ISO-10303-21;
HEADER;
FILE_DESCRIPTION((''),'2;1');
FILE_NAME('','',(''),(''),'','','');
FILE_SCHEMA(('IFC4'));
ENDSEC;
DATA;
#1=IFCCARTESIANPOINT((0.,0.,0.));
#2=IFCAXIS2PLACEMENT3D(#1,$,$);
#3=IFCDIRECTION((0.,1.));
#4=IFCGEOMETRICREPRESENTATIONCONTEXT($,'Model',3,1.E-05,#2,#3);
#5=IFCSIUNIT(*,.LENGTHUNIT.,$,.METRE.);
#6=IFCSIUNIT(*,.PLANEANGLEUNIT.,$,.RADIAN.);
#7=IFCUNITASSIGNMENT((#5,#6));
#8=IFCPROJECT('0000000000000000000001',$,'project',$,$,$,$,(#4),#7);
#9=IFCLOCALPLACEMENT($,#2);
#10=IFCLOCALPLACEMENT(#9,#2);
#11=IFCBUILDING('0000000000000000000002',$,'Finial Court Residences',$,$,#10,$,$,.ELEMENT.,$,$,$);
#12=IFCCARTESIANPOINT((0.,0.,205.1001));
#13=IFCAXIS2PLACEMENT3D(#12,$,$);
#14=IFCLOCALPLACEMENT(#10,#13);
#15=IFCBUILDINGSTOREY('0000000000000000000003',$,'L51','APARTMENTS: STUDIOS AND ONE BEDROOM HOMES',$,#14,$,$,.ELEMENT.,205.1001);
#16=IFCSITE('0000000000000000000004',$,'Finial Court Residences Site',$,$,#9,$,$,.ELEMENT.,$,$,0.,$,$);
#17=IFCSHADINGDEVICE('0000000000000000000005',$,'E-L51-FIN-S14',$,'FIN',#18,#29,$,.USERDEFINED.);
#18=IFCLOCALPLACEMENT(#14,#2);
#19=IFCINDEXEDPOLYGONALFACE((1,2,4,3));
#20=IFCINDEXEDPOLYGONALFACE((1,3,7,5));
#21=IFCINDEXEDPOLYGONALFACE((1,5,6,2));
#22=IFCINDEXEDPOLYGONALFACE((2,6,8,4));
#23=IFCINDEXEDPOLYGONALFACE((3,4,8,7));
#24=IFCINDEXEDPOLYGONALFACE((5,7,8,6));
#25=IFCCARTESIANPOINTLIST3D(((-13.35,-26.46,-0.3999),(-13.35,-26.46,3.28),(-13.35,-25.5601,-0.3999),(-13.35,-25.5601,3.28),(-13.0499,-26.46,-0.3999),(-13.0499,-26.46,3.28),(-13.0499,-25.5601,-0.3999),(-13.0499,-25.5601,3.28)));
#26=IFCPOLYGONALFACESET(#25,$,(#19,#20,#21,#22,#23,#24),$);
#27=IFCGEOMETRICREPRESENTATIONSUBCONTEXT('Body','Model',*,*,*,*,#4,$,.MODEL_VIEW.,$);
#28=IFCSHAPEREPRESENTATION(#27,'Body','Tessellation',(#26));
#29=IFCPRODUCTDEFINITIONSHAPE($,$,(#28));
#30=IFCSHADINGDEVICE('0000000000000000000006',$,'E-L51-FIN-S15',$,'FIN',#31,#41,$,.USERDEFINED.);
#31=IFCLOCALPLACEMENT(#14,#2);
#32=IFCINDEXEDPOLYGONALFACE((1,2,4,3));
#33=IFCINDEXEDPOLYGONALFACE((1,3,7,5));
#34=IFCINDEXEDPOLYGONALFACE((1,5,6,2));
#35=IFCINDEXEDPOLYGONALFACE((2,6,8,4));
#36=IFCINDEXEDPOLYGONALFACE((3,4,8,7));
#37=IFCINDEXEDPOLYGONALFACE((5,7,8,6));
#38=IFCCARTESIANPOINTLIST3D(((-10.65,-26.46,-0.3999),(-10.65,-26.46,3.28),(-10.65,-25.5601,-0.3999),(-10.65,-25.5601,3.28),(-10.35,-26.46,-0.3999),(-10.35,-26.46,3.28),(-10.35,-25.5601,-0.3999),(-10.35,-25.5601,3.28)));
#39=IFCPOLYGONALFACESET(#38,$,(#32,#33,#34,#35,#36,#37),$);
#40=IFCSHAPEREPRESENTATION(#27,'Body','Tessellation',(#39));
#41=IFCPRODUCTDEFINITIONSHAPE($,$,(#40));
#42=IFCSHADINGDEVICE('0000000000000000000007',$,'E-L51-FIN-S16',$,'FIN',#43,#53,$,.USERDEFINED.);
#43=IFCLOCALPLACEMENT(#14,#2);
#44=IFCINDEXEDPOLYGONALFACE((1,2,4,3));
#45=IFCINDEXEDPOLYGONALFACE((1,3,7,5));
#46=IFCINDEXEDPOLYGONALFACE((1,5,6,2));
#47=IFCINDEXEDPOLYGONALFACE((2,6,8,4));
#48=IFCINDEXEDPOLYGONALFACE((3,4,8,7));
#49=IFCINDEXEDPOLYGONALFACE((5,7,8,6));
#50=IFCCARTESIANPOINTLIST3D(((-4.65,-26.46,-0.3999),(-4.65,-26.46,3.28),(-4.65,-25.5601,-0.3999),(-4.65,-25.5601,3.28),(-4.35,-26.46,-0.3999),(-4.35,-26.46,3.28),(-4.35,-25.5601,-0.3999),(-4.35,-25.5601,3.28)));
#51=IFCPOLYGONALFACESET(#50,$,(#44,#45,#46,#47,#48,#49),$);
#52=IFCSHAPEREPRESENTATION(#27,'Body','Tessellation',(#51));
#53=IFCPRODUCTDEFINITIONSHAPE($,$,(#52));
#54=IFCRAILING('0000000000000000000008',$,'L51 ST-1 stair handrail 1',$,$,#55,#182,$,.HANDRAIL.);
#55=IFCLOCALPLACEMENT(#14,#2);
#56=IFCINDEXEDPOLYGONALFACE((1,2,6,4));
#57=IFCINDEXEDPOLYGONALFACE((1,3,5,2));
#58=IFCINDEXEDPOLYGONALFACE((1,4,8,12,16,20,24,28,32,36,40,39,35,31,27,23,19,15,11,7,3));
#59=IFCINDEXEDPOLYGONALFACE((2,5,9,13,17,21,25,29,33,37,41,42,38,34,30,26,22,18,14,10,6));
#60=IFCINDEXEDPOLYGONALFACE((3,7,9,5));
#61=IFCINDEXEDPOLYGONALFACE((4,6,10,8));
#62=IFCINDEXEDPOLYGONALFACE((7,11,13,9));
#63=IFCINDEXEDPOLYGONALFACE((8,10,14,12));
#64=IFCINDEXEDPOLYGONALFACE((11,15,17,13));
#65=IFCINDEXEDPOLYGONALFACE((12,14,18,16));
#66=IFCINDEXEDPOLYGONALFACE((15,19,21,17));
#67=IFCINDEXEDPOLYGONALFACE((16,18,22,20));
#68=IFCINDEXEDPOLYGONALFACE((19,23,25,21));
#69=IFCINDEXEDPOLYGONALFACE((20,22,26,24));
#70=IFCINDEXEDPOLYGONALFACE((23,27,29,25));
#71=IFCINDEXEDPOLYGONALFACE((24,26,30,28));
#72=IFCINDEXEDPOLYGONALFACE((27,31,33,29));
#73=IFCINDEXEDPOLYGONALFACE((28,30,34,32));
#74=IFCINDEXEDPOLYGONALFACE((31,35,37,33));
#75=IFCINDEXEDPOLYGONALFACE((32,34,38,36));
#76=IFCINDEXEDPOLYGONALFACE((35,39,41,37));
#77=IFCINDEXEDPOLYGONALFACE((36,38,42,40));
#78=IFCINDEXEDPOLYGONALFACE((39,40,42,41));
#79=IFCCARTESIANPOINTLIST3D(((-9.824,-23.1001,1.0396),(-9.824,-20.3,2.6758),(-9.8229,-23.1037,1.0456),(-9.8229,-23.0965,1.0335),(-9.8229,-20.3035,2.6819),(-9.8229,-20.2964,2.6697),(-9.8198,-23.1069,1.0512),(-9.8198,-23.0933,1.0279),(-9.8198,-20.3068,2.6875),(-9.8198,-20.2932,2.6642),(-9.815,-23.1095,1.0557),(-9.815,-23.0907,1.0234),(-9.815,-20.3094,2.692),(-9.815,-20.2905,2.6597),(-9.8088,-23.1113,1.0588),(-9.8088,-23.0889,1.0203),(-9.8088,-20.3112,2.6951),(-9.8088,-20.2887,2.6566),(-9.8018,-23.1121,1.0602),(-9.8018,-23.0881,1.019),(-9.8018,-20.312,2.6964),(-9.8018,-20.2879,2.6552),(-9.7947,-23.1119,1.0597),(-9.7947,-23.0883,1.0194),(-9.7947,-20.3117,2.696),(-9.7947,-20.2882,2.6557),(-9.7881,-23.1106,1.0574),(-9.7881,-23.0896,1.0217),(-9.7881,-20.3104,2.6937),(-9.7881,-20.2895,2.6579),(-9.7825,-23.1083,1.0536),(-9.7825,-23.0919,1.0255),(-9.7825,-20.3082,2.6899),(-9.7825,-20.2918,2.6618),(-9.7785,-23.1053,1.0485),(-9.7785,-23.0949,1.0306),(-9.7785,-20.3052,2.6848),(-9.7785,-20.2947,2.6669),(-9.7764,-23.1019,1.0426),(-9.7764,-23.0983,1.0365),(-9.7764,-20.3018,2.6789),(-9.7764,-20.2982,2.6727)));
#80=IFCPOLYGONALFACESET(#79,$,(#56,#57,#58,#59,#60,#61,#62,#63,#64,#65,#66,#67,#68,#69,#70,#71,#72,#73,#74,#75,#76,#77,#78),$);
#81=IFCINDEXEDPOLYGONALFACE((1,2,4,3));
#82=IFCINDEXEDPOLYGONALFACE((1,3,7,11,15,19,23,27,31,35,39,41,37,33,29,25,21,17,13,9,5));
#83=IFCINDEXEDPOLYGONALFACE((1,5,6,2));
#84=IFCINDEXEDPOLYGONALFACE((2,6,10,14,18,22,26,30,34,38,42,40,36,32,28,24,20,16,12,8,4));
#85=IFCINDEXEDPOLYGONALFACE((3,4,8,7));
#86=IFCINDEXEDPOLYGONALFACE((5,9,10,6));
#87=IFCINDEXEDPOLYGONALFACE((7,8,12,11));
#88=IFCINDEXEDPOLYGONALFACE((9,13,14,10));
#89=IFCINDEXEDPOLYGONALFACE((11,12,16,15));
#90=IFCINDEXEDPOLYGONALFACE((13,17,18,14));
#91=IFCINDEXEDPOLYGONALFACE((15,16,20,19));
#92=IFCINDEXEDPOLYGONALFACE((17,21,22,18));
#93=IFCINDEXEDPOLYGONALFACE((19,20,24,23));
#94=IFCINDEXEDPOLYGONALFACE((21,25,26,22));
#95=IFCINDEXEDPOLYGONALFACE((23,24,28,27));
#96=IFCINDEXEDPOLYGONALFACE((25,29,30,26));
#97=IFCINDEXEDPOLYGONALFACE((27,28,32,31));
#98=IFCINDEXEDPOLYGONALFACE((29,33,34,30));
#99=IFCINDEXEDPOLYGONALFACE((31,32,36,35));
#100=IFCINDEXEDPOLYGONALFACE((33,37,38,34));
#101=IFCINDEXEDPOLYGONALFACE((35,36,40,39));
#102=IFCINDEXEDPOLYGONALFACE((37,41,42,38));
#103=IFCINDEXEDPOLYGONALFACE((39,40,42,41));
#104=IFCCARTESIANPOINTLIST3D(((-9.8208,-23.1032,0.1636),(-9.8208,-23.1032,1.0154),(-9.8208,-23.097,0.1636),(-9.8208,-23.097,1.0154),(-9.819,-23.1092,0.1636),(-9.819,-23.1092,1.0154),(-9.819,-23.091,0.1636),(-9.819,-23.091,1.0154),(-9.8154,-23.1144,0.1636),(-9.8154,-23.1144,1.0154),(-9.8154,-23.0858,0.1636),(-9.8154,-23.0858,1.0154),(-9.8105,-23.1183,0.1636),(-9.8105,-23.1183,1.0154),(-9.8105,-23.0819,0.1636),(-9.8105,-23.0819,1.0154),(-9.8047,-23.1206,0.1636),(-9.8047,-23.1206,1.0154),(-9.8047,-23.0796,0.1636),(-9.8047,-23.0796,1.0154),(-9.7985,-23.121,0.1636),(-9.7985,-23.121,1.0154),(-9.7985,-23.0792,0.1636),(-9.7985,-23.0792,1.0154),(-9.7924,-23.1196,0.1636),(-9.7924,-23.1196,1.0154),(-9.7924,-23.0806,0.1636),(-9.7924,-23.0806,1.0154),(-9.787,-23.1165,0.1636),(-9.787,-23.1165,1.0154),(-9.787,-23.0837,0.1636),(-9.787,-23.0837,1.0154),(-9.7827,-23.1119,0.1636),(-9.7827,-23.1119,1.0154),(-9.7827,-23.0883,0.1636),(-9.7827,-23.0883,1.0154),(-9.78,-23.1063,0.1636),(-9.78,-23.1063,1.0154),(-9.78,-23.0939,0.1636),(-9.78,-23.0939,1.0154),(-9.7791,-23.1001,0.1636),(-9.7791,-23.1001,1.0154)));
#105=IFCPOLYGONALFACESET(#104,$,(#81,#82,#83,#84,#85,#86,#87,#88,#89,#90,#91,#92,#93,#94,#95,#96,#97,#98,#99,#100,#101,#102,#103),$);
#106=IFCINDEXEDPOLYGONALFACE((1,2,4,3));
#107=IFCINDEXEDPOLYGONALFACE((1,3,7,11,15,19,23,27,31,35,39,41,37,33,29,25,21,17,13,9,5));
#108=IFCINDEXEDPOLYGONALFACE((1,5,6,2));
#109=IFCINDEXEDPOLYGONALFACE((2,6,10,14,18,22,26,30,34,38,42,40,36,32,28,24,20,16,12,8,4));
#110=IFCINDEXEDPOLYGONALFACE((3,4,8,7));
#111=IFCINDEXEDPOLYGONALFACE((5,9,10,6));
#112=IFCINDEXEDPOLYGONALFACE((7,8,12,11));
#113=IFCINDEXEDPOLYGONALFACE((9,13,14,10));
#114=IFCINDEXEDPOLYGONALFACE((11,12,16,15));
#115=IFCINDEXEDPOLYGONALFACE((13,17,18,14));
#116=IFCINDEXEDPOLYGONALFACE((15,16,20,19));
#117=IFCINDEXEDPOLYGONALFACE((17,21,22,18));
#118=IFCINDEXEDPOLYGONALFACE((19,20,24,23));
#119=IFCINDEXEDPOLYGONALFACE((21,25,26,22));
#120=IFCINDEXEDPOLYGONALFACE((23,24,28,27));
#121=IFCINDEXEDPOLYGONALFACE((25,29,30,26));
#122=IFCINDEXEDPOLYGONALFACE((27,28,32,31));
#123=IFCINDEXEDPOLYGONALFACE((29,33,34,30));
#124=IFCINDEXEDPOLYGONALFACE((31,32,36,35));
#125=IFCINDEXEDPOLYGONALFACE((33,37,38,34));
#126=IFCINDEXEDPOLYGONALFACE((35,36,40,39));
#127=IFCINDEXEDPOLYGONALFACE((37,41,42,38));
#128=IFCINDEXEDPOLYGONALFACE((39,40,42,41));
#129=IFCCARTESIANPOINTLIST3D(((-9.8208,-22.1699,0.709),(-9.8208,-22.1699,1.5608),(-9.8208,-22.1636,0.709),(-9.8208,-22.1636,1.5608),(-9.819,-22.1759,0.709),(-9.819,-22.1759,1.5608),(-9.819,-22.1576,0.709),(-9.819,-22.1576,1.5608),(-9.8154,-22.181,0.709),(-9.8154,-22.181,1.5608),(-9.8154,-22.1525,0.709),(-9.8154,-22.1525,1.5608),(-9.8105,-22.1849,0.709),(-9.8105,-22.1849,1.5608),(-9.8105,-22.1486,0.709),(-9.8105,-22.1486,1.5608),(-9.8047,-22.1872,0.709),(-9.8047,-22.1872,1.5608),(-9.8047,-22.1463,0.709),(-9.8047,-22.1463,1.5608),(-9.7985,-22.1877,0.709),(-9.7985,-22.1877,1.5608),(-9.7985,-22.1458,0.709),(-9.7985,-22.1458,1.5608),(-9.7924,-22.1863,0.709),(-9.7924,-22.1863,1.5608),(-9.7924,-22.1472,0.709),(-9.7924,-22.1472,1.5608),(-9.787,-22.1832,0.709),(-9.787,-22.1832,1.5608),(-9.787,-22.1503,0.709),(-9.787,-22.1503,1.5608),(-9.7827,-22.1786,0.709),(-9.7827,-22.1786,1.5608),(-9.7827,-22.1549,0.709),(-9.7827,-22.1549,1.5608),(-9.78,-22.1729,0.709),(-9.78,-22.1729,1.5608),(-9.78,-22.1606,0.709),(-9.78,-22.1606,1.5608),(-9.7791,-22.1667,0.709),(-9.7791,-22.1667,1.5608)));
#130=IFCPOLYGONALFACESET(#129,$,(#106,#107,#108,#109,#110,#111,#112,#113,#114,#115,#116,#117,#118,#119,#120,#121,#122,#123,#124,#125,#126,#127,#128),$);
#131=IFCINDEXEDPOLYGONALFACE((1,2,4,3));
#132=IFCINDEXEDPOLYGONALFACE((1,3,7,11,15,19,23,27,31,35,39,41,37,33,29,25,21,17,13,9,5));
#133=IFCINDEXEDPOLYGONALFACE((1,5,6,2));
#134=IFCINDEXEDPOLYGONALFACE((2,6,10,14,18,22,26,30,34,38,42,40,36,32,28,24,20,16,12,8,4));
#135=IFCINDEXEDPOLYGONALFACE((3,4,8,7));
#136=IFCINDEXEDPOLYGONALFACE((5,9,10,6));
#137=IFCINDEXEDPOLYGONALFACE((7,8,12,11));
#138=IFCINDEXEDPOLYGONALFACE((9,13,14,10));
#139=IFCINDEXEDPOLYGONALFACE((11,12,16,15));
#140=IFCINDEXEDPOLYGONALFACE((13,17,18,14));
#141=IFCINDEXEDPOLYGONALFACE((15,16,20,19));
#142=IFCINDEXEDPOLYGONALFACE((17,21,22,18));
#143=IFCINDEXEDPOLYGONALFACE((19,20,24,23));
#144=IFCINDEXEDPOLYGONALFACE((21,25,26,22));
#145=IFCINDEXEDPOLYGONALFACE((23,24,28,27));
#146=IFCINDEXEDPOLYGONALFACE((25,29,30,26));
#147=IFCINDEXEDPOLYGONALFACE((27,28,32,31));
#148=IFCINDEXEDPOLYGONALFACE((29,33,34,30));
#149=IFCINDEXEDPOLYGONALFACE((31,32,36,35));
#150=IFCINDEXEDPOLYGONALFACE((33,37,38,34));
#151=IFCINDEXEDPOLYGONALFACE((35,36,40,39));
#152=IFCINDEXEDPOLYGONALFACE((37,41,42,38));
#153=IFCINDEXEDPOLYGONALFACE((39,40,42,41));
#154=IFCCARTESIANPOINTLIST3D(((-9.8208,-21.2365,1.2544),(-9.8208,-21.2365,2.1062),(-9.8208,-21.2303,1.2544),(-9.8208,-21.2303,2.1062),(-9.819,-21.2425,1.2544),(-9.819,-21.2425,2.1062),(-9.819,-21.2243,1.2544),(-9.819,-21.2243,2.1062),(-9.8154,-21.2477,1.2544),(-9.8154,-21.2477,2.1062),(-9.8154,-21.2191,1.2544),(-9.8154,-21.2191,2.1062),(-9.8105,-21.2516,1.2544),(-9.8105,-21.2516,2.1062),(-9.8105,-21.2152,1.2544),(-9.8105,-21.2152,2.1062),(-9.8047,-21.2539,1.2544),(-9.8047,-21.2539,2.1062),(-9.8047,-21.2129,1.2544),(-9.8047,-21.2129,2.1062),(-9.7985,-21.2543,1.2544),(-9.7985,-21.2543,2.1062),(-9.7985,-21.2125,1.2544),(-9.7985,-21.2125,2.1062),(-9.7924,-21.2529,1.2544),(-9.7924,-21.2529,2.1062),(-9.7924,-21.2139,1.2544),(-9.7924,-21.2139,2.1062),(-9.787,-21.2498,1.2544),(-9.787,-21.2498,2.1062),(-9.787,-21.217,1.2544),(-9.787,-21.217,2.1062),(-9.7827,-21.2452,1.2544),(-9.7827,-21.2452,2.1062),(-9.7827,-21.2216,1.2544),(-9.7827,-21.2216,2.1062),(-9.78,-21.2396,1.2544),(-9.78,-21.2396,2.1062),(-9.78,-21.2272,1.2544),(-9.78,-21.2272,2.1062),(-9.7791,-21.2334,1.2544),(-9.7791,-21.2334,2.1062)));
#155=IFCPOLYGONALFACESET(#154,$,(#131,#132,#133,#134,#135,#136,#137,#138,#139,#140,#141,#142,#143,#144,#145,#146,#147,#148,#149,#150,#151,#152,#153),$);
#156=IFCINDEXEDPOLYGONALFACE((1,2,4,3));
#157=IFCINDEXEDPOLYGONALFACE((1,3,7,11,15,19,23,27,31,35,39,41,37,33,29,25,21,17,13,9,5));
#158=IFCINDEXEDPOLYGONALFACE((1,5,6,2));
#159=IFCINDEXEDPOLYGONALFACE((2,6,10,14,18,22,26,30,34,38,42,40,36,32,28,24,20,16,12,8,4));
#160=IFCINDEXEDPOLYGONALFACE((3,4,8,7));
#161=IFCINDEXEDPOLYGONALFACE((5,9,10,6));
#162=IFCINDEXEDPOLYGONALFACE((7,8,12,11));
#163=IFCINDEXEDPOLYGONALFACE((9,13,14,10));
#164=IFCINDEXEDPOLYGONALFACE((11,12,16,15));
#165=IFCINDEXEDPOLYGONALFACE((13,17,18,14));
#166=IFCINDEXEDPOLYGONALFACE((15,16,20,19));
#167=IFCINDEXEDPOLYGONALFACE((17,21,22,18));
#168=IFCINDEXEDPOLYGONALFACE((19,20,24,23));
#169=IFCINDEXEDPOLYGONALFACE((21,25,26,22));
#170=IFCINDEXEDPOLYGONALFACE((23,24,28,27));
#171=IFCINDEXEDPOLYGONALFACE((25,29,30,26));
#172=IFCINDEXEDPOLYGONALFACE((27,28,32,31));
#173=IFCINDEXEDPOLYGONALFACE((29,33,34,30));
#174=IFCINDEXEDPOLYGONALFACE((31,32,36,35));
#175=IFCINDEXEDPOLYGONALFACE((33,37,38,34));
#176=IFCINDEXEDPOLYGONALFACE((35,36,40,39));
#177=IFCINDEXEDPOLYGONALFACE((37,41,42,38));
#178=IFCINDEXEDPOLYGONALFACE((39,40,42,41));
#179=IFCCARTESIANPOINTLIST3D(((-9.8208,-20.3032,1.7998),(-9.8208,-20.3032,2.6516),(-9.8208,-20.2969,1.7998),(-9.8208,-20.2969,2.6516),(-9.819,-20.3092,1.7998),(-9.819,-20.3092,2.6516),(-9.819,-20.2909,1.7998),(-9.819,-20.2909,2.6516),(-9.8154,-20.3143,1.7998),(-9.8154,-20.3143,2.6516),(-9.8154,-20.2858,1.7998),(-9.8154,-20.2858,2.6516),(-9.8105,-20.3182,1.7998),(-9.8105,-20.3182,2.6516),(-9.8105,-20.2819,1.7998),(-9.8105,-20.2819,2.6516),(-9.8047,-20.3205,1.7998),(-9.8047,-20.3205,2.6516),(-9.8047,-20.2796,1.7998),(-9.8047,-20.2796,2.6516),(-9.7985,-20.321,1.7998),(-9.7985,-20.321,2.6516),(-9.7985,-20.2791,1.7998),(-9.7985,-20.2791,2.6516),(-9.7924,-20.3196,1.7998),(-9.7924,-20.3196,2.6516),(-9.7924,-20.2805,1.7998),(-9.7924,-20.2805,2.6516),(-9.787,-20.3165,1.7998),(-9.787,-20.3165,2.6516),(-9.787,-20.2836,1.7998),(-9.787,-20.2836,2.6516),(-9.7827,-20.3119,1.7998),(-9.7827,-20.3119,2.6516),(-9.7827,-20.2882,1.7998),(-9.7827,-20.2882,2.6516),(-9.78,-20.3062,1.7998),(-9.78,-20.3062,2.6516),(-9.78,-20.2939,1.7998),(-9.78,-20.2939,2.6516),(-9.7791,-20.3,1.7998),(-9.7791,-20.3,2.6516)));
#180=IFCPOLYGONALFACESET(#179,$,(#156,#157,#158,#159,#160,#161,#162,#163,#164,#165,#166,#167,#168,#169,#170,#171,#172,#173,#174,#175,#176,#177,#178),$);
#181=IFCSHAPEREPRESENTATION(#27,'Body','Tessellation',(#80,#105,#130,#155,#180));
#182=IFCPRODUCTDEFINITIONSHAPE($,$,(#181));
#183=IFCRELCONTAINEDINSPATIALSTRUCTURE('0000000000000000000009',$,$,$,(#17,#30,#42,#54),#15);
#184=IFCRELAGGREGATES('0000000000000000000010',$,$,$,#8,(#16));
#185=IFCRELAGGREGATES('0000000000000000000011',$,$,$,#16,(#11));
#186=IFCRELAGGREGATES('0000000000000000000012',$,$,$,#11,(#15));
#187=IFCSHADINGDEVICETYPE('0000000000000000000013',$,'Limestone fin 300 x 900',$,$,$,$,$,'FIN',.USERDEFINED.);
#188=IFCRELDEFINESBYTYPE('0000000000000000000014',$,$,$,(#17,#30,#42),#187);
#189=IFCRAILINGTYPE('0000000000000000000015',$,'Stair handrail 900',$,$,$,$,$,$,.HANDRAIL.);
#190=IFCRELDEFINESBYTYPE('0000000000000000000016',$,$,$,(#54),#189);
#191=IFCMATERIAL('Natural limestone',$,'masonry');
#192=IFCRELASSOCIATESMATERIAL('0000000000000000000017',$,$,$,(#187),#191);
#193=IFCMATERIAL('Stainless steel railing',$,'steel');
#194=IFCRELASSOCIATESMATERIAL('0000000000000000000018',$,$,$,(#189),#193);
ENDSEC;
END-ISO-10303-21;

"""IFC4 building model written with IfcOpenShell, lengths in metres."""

from ifc_helpers import new_model, si_unit, direction, frame, origin, origin_2d, place, context, subcontext, project, spatial, rectangle, circle, extrude, material, type_object, element, save


model = new_model("IFC4")

# Units and contexts
model_context = context("Model", 3, precision=1e-05, world=origin(), true_north=direction((0.0, 1.0)))
body_context = subcontext(model_context, "Body", "Model", "MODEL_VIEW")
ifc_project = project(units=[si_unit("LENGTHUNIT", "METRE"), si_unit("PLANEANGLEUNIT", "RADIAN")], contexts=[model_context])

# Site, building, storey
site_placement = place(None, origin())
site = spatial("IfcSite", under=ifc_project, at=site_placement, Name="Finial Court Residences Site", CompositionType="ELEMENT", RefElevation=0.0)
building_placement = place(site_placement, origin())
building = spatial("IfcBuilding", under=site, at=building_placement, Name="Finial Court Residences", CompositionType="ELEMENT")
storey_placement = place(building_placement, frame((0.0, 0.0, 205.1001)))
storey = spatial("IfcBuildingStorey", under=building, at=storey_placement, Name="L51", Description="APARTMENTS: STUDIOS AND ONE BEDROOM HOMES", CompositionType="ELEMENT", Elevation=205.1001)

# Shading devices
ifc_material_1 = material(Name="Natural limestone", Category="masonry")
shading_device_type = type_object("IfcShadingDeviceType", Name="Limestone fin 300 x 900", ElementType="FIN", PredefinedType="USERDEFINED", material=ifc_material_1)
for number, where, z_axis, x_axis, name in (
    (1, (-13.2, -26.01, -0.3999), (0.0, 0.0, 1.0), (1.0, 0.0, 0.0), "E-L51-FIN-S14"),
    (2, (-10.5, -26.01, -0.3999), (0.0, 0.0, 1.0), (1.0, 0.0, 0.0), "E-L51-FIN-S15"),
    (3, (-4.5, -26.01, -0.3999), (0.0, 0.0, 1.0), (1.0, 0.0, 0.0), "E-L51-FIN-S16"),
):
    element("IfcShadingDevice", number, at=place(storey_placement, frame(where, z_axis=z_axis, x_axis=x_axis)), inside=storey, type_object=shading_device_type, Name=name, ObjectType="FIN", PredefinedType="USERDEFINED", context=body_context, shape_type="SweptSolid", body=[
        extrude(rectangle(XDim=0.3, YDim=0.8999, at=origin_2d()), origin(), (0.0, 0.0, 1.0), 3.6799),
    ])

# Railing
ifc_material_2 = material(Name="Stainless steel railing", Category="steel")
railing_type_1 = type_object("IfcRailingType", Name="Stair handrail 900", PredefinedType="HANDRAIL", material=ifc_material_2)
railing_1_placement = place(storey_placement, frame((-9.8, -23.1001, 0.1636)))
element("IfcRailing", 4, at=railing_1_placement, inside=storey, type_object=railing_type_1, Name="L51 ST-1 stair handrail 1", PredefinedType="HANDRAIL", context=body_context, shape_type="SweptSolid", body=[
    extrude(circle(Radius=0.0239, at=origin_2d()), frame((0.0, 0.0, 0.876), z_axis=(0.0, 0.863394, 0.504531), x_axis=(-1.0, 0.0, 0.0)), (0.0, 0.0, 1.0), 3.2432),
    extrude(circle(Radius=0.021, at=origin_2d()), origin(), (0.0, 0.0, 1.0), 0.8518),
    extrude(circle(Radius=0.021, at=origin_2d()), frame((0.0, 0.9333, 0.5454)), (0.0, 0.0, 1.0), 0.8518),
    extrude(circle(Radius=0.021, at=origin_2d()), frame((0.0, 1.8667, 1.0908)), (0.0, 0.0, 1.0), 0.8518),
    extrude(circle(Radius=0.021, at=origin_2d()), frame((0.0, 2.8, 1.6362)), (0.0, 0.0, 1.0), 0.8518),
])

save(model, "model.ifc")
